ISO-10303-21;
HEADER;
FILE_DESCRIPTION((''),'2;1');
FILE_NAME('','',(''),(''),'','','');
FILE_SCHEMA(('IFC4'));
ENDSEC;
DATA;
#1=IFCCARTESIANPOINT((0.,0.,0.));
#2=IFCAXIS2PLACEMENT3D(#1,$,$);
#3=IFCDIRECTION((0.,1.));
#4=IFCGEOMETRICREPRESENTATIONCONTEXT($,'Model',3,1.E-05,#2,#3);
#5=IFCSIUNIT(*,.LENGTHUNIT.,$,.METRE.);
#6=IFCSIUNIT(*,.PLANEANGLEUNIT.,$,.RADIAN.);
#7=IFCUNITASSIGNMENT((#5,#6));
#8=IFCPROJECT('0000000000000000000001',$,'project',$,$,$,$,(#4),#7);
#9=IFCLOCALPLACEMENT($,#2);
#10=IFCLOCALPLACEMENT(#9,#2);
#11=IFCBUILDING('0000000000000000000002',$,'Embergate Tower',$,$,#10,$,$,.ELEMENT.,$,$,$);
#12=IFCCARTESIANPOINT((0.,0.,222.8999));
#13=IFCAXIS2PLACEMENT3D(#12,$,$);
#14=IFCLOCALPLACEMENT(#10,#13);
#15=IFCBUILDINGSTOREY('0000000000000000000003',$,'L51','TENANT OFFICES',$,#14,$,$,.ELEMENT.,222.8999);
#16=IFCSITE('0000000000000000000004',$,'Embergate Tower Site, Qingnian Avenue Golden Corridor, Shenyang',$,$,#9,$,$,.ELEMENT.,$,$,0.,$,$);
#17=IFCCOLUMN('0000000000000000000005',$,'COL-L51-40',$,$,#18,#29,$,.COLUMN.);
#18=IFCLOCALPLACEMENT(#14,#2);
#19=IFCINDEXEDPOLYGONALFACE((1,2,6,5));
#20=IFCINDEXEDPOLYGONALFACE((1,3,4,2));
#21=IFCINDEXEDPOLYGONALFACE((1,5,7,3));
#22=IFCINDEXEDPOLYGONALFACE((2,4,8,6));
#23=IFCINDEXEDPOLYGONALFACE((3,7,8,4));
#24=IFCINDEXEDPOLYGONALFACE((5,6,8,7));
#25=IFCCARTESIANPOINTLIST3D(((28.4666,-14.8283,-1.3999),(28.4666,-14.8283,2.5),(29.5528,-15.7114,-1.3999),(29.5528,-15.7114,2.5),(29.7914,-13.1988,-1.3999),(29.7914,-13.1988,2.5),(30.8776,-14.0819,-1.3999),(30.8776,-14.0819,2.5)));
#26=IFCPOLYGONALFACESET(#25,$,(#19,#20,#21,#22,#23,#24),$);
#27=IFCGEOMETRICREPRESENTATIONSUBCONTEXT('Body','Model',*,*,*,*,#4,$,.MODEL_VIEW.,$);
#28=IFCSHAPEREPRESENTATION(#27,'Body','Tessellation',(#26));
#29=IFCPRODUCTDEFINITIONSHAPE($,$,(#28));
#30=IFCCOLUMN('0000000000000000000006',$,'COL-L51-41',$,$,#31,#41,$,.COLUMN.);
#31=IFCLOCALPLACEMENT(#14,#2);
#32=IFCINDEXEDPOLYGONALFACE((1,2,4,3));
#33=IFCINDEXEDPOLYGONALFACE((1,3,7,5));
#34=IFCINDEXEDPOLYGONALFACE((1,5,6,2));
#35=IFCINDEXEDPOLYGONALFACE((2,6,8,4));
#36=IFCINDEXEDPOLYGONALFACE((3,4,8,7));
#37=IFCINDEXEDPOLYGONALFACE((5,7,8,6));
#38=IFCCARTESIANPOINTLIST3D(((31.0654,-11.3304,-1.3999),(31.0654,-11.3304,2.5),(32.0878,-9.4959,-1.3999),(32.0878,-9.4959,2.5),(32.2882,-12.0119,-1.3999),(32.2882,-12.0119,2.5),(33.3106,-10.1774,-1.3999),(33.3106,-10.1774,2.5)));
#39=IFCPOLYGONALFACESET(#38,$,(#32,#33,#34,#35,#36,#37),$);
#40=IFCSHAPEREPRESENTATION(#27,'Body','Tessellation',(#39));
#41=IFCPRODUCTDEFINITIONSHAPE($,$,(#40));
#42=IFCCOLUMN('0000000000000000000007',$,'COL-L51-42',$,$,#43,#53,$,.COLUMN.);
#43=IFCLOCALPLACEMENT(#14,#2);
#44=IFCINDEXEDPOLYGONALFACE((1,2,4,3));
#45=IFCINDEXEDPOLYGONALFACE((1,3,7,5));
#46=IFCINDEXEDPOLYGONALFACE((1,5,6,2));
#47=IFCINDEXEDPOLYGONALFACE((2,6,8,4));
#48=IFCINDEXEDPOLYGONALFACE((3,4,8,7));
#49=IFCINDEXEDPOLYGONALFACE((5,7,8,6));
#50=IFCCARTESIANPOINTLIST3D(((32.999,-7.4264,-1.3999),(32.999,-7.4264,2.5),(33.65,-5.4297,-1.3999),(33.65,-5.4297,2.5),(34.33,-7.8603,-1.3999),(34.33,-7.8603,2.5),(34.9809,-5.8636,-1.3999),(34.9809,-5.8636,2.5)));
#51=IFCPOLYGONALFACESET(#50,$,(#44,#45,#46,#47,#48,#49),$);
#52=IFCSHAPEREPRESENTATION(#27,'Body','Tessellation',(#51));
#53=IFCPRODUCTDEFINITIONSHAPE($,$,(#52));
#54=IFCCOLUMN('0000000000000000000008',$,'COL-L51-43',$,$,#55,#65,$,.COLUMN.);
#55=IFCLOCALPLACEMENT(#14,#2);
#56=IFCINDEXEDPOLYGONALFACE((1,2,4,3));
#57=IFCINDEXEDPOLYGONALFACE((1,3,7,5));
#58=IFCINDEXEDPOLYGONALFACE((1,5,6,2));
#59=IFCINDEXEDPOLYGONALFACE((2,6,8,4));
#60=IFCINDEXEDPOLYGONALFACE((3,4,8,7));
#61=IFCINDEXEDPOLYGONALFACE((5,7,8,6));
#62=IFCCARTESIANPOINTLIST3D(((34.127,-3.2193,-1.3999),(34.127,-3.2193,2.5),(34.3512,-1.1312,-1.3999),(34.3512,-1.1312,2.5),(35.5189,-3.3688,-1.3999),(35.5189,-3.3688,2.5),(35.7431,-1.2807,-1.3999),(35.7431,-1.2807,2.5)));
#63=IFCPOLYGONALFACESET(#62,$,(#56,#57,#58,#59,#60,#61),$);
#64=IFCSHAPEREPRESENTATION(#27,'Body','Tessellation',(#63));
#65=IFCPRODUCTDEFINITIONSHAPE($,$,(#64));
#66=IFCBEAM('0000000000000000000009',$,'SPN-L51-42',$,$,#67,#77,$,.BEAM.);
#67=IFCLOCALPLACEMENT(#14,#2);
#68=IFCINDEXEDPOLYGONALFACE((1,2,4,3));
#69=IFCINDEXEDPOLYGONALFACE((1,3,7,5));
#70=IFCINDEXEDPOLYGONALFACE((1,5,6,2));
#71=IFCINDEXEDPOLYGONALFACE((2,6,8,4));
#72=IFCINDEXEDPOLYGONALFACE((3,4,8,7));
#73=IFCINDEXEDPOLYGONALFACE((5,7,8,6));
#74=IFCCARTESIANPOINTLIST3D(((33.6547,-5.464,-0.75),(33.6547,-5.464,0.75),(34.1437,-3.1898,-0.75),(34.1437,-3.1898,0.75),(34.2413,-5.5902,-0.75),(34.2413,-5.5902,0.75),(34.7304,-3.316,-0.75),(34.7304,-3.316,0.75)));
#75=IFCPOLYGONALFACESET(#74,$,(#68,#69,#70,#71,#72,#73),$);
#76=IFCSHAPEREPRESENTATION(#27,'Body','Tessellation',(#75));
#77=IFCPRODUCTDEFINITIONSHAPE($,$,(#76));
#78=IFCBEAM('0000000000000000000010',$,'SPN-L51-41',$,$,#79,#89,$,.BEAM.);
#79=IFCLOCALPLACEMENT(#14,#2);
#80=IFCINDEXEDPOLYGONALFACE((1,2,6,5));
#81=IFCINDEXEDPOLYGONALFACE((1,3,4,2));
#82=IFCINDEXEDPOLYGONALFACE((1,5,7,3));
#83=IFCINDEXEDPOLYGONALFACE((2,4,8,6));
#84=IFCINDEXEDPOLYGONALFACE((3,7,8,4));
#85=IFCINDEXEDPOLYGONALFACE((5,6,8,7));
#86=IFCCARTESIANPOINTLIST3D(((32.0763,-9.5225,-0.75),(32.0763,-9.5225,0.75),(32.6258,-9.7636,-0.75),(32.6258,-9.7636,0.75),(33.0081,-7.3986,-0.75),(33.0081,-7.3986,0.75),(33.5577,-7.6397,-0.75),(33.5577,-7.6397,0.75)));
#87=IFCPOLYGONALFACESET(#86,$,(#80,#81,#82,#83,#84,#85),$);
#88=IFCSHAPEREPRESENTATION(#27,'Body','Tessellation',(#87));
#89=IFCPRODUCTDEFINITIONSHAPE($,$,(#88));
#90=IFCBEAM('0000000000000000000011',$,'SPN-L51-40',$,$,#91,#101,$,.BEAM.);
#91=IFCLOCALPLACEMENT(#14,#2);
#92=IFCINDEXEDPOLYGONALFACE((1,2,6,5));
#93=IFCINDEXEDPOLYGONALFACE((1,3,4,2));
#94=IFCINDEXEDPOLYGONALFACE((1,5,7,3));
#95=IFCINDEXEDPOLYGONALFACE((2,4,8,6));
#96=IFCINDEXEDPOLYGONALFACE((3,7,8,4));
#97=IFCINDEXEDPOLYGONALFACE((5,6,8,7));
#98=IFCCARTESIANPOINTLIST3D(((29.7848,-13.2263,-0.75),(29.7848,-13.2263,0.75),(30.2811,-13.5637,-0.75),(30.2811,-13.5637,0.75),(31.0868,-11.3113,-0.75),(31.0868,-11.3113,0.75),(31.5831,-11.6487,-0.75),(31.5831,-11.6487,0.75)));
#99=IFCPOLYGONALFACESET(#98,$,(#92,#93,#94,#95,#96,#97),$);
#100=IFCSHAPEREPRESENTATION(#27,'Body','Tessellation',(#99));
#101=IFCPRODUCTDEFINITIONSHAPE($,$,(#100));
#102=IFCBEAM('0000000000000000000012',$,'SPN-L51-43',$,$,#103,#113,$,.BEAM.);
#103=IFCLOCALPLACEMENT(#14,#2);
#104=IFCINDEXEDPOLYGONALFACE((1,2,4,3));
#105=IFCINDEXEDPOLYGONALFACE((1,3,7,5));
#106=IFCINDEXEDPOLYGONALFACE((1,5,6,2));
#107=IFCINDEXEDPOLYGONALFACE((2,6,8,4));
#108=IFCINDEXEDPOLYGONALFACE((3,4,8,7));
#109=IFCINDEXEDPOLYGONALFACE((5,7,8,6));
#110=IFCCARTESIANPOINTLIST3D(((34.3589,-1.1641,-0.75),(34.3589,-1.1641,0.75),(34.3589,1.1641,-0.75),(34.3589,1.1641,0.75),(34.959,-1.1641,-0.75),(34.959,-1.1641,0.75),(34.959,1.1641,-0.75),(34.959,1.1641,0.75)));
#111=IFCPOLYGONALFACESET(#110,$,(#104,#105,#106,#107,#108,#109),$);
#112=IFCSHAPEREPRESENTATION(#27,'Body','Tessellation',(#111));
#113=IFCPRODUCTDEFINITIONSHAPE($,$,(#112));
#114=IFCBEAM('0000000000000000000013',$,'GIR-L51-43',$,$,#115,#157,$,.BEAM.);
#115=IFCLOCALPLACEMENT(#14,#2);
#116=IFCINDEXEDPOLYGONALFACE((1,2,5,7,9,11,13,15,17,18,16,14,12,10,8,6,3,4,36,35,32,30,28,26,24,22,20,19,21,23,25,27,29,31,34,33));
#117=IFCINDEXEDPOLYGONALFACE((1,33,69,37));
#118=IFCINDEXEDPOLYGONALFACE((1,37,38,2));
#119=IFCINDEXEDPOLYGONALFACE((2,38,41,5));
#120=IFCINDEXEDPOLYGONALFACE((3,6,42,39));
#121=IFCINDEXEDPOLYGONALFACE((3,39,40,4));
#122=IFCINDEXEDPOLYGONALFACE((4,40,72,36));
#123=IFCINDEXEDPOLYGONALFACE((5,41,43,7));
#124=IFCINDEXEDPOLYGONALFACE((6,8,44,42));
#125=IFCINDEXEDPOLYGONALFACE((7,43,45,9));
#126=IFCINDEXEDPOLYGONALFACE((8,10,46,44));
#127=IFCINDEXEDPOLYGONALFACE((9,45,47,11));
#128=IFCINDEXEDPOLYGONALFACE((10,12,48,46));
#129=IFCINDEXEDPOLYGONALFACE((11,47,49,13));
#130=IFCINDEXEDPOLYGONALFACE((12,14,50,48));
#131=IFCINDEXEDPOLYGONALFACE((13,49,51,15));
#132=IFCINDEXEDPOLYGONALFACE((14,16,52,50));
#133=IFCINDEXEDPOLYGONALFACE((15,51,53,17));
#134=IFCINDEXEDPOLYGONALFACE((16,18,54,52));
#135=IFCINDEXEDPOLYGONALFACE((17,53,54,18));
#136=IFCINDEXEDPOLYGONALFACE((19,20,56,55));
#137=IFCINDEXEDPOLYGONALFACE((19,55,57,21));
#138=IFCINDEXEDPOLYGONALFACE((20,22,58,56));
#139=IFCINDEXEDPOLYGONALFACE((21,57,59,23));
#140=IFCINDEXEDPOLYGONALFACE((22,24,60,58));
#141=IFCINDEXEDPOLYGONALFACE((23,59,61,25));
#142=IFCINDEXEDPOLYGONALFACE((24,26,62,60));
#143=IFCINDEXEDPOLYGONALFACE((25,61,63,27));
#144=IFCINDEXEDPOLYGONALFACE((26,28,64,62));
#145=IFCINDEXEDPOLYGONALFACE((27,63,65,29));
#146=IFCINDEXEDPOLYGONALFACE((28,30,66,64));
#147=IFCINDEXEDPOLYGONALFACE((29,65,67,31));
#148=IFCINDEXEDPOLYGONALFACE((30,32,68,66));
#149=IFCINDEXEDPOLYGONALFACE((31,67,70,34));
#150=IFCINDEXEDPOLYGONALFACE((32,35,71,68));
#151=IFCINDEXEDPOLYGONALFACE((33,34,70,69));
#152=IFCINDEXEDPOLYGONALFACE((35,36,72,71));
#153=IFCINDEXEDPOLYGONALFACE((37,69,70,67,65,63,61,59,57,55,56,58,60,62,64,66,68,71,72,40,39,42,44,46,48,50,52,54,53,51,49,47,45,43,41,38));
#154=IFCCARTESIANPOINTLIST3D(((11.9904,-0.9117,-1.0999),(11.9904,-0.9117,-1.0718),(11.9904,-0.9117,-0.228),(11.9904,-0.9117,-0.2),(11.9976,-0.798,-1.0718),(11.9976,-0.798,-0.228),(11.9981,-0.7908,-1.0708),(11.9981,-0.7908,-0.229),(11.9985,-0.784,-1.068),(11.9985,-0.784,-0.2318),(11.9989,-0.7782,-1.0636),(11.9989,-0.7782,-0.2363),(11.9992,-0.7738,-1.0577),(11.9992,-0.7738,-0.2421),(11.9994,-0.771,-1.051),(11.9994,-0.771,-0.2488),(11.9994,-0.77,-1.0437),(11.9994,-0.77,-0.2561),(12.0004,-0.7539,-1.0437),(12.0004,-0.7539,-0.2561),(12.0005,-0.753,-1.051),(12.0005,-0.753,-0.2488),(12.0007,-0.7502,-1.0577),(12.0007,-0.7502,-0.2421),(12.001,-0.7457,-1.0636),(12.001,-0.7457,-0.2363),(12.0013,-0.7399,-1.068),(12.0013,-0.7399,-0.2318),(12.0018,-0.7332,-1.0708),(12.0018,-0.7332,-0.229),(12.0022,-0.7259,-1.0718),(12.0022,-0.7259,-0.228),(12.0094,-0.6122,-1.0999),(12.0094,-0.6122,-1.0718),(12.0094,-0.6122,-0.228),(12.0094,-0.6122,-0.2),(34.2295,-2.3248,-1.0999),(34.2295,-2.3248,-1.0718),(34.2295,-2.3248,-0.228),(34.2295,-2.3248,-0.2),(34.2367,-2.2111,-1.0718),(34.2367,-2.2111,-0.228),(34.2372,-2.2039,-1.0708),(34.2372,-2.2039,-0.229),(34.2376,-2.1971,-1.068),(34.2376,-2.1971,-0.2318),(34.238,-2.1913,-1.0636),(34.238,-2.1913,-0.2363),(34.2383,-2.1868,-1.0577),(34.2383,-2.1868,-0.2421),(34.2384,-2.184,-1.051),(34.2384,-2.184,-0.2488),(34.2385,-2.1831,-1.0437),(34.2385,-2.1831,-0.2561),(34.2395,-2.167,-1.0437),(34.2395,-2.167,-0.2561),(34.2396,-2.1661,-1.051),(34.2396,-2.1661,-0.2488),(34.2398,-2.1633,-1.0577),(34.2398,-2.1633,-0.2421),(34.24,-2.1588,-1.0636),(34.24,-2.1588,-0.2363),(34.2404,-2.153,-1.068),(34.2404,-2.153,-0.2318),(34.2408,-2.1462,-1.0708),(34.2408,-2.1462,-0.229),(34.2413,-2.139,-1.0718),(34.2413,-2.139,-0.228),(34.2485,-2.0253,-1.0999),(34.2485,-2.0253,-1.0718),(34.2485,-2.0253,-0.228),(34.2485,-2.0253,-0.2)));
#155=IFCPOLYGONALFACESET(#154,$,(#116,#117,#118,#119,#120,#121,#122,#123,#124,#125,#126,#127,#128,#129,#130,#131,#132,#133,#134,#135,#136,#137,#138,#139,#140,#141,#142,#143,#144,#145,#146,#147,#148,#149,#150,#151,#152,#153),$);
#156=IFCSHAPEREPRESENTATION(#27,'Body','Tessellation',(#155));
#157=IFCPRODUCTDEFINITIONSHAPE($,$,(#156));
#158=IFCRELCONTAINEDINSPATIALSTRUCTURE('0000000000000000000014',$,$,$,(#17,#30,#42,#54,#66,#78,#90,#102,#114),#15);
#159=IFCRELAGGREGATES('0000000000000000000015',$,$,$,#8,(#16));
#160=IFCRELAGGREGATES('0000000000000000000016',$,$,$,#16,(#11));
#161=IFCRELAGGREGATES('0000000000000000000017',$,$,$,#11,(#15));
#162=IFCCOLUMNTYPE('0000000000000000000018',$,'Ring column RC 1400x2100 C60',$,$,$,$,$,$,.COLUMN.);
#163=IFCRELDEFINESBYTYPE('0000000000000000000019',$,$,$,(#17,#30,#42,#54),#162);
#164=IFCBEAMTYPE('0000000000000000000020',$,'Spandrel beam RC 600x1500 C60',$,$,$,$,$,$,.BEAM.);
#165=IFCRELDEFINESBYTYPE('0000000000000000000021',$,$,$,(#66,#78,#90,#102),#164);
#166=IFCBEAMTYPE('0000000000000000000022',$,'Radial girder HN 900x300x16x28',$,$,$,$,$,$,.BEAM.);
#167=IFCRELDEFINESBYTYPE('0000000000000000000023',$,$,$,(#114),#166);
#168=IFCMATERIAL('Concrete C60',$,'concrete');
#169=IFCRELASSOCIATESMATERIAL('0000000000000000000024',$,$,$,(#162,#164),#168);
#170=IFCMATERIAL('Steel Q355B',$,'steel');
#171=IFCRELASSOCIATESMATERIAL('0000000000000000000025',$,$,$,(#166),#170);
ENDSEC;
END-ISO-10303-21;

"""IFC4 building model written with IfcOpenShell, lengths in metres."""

from ifc_helpers import new_model, si_unit, direction, frame, origin, origin_2d, place, context, subcontext, project, spatial, rectangle, i_section, extrude, source, transform, mapped, material, material_profile, profile_set, type_object, element, save


model = new_model("IFC4")

# Units and contexts
model_context = context("Model", 3, precision=1e-05, world=origin(), true_north=direction((0.0, 1.0)))
body_context = subcontext(model_context, "Body", "Model", "MODEL_VIEW")
ifc_project = project(units=[si_unit("LENGTHUNIT", "METRE"), si_unit("PLANEANGLEUNIT", "RADIAN")], contexts=[model_context])

# Site, building, storey
site_placement = place(None, origin())
site = spatial("IfcSite", under=ifc_project, at=site_placement, Name="Embergate Tower Site, Qingnian Avenue Golden Corridor, Shenyang", CompositionType="ELEMENT", RefElevation=0.0)
building_placement = place(site_placement, origin())
building = spatial("IfcBuilding", under=site, at=building_placement, Name="Embergate Tower", CompositionType="ELEMENT")
storey_placement = place(building_placement, frame((0.0, 0.0, 222.8999)))
storey = spatial("IfcBuildingStorey", under=building, at=storey_placement, Name="L51", Description="TENANT OFFICES", CompositionType="ELEMENT", Elevation=222.8999)

# Columns
ifc_material_1 = material(Name="Concrete C60", Category="concrete")
ifc_material_profile_1 = material_profile(ifc_material_1, rectangle(XDim=1.3999, YDim=2.1001, at=origin_2d()), Name="RC 1400x2100")
ifc_profile_set_1 = profile_set([ifc_material_profile_1], Name="Concrete C60")
column_type = type_object("IfcColumnType", Name="Ring column RC 1400x2100 C60", PredefinedType="COLUMN", material=ifc_profile_set_1)
shared_shape_1 = source(origin(), body_context, "Body", "SweptSolid", [
    extrude(rectangle(XDim=1.3999, YDim=2.1001, at=origin_2d()), origin(), (0.0, 0.0, 1.0), 3.8999),
])
for number, where, z_axis, x_axis, name in (
    (1, (29.6721, -14.4551, -1.3999), (0.0, 0.0, 1.0), (0.775925, -0.630825, 0.0), "COL-L51-40"),
    (2, (32.188, -10.7539, -1.3999), (0.0, 0.0, 1.0), (0.8735, -0.486823, 0.0), "COL-L51-41"),
    (3, (33.99, -6.645, -1.3999), (0.0, 0.0, 1.0), (0.950754, -0.309946, 0.0), "COL-L51-42"),
    (4, (34.9351, -2.25, -1.3999), (0.0, 0.0, 1.0), (0.994286, -0.10675, 0.0), "COL-L51-43"),
):
    element("IfcColumn", number, at=place(storey_placement, frame(where, z_axis=z_axis, x_axis=x_axis)), inside=storey, type_object=column_type, Name=name, PredefinedType="COLUMN", context=body_context, shape_type="MappedRepresentation", body=[
        mapped(shared_shape_1, transform((0.0, 0.0, 0.0))),
    ])

# Beams
ifc_material_profile_2 = material_profile(ifc_material_1, rectangle(XDim=0.6001, YDim=1.5, at=origin_2d()), Name="RC 600x1500")
ifc_profile_set_2 = profile_set([ifc_material_profile_2], Name="Concrete C60")
beam_type_1 = type_object("IfcBeamType", Name="Spandrel beam RC 600x1500 C60", PredefinedType="BEAM", material=ifc_profile_set_2)
shared_shape_2 = source(origin(), body_context, "Body", "SweptSolid", [
    extrude(rectangle(XDim=0.6001, YDim=1.5, at=origin_2d()), origin(), (0.0, 0.0, 1.0), 2.3262),
])
beam_1_placement = place(storey_placement, frame((33.948, -5.5271, 0.0), z_axis=(0.210224, 0.977653, 0.0), x_axis=(-0.977653, 0.210224, 0.0)))
element("IfcBeam", 5, at=beam_1_placement, inside=storey, type_object=beam_type_1, Name="SPN-L51-42", PredefinedType="BEAM", context=body_context, shape_type="MappedRepresentation", body=[
    mapped(shared_shape_2, transform((0.0, 0.0, 0.0))),
])
shared_shape_3 = source(origin(), body_context, "Body", "SweptSolid", [
    extrude(rectangle(XDim=0.6001, YDim=1.5, at=origin_2d()), origin(), (0.0, 0.0, 1.0), 2.3193),
])
beam_2_placement = place(storey_placement, frame((32.3511, -9.6431, 0.0), z_axis=(0.401768, 0.915741, 0.0), x_axis=(-0.915741, 0.401768, 0.0)))
element("IfcBeam", 6, at=beam_2_placement, inside=storey, type_object=beam_type_1, Name="SPN-L51-41", PredefinedType="BEAM", context=body_context, shape_type="MappedRepresentation", body=[
    mapped(shared_shape_3, transform((0.0, 0.0, 0.0))),
])
shared_shape_4 = source(origin(), body_context, "Body", "SweptSolid", [
    extrude(rectangle(XDim=0.6001, YDim=1.5, at=origin_2d()), origin(), (0.0, 0.0, 1.0), 2.3157),
])
beam_3_placement = place(storey_placement, frame((30.033, -13.395, 0.0), z_axis=(0.562244, 0.826972, 0.0), x_axis=(-0.826972, 0.562244, 0.0)))
element("IfcBeam", 7, at=beam_3_placement, inside=storey, type_object=beam_type_1, Name="SPN-L51-40", PredefinedType="BEAM", context=body_context, shape_type="MappedRepresentation", body=[
    mapped(shared_shape_4, transform((0.0, 0.0, 0.0))),
])
shared_shape_5 = source(origin(), body_context, "Body", "SweptSolid", [
    extrude(rectangle(XDim=0.6001, YDim=1.5, at=origin_2d()), origin(), (0.0, 0.0, 1.0), 2.3281),
])
beam_4_placement = place(storey_placement, frame((34.6589, -1.1641, 0.0), z_axis=(0.0, 1.0, 0.0), x_axis=(-1.0, 0.0, 0.0)))
element("IfcBeam", 8, at=beam_4_placement, inside=storey, type_object=beam_type_1, Name="SPN-L51-43", PredefinedType="BEAM", context=body_context, shape_type="MappedRepresentation", body=[
    mapped(shared_shape_5, transform((0.0, 0.0, 0.0))),
])
ifc_material_2 = material(Name="Steel Q355B", Category="steel")
ifc_material_profile_3 = material_profile(ifc_material_2, i_section(OverallWidth=0.3, OverallDepth=0.8999, WebThickness=0.0161, FlangeThickness=0.0281, FilletRadius=0.0281, at=origin_2d()), Name="HN 900x300x16x28")
ifc_profile_set_3 = profile_set([ifc_material_profile_3], Name="Steel Q355 grade B")
beam_type_2 = type_object("IfcBeamType", Name="Radial girder HN 900x300x16x28", PredefinedType="BEAM", material=ifc_profile_set_3)
shared_shape_6 = source(origin(), body_context, "Body", "SweptSolid", [
    extrude(i_section(OverallWidth=0.3, OverallDepth=0.8999, WebThickness=0.0161, FlangeThickness=0.0281, FilletRadius=0.0281, at=origin_2d()), origin(), (0.0, 0.0, 1.0), 22.2839),
])
beam_5_placement = place(storey_placement, frame((34.239, -2.175, -0.6499), z_axis=(-0.997987, 0.063413, 0.0), x_axis=(-0.063413, -0.997987, 0.0)))
element("IfcBeam", 9, at=beam_5_placement, inside=storey, type_object=beam_type_2, Name="GIR-L51-43", PredefinedType="BEAM", context=body_context, shape_type="MappedRepresentation", body=[
    mapped(shared_shape_6, transform((0.0, 0.0, 0.0))),
])

save(model, "model.ifc")
